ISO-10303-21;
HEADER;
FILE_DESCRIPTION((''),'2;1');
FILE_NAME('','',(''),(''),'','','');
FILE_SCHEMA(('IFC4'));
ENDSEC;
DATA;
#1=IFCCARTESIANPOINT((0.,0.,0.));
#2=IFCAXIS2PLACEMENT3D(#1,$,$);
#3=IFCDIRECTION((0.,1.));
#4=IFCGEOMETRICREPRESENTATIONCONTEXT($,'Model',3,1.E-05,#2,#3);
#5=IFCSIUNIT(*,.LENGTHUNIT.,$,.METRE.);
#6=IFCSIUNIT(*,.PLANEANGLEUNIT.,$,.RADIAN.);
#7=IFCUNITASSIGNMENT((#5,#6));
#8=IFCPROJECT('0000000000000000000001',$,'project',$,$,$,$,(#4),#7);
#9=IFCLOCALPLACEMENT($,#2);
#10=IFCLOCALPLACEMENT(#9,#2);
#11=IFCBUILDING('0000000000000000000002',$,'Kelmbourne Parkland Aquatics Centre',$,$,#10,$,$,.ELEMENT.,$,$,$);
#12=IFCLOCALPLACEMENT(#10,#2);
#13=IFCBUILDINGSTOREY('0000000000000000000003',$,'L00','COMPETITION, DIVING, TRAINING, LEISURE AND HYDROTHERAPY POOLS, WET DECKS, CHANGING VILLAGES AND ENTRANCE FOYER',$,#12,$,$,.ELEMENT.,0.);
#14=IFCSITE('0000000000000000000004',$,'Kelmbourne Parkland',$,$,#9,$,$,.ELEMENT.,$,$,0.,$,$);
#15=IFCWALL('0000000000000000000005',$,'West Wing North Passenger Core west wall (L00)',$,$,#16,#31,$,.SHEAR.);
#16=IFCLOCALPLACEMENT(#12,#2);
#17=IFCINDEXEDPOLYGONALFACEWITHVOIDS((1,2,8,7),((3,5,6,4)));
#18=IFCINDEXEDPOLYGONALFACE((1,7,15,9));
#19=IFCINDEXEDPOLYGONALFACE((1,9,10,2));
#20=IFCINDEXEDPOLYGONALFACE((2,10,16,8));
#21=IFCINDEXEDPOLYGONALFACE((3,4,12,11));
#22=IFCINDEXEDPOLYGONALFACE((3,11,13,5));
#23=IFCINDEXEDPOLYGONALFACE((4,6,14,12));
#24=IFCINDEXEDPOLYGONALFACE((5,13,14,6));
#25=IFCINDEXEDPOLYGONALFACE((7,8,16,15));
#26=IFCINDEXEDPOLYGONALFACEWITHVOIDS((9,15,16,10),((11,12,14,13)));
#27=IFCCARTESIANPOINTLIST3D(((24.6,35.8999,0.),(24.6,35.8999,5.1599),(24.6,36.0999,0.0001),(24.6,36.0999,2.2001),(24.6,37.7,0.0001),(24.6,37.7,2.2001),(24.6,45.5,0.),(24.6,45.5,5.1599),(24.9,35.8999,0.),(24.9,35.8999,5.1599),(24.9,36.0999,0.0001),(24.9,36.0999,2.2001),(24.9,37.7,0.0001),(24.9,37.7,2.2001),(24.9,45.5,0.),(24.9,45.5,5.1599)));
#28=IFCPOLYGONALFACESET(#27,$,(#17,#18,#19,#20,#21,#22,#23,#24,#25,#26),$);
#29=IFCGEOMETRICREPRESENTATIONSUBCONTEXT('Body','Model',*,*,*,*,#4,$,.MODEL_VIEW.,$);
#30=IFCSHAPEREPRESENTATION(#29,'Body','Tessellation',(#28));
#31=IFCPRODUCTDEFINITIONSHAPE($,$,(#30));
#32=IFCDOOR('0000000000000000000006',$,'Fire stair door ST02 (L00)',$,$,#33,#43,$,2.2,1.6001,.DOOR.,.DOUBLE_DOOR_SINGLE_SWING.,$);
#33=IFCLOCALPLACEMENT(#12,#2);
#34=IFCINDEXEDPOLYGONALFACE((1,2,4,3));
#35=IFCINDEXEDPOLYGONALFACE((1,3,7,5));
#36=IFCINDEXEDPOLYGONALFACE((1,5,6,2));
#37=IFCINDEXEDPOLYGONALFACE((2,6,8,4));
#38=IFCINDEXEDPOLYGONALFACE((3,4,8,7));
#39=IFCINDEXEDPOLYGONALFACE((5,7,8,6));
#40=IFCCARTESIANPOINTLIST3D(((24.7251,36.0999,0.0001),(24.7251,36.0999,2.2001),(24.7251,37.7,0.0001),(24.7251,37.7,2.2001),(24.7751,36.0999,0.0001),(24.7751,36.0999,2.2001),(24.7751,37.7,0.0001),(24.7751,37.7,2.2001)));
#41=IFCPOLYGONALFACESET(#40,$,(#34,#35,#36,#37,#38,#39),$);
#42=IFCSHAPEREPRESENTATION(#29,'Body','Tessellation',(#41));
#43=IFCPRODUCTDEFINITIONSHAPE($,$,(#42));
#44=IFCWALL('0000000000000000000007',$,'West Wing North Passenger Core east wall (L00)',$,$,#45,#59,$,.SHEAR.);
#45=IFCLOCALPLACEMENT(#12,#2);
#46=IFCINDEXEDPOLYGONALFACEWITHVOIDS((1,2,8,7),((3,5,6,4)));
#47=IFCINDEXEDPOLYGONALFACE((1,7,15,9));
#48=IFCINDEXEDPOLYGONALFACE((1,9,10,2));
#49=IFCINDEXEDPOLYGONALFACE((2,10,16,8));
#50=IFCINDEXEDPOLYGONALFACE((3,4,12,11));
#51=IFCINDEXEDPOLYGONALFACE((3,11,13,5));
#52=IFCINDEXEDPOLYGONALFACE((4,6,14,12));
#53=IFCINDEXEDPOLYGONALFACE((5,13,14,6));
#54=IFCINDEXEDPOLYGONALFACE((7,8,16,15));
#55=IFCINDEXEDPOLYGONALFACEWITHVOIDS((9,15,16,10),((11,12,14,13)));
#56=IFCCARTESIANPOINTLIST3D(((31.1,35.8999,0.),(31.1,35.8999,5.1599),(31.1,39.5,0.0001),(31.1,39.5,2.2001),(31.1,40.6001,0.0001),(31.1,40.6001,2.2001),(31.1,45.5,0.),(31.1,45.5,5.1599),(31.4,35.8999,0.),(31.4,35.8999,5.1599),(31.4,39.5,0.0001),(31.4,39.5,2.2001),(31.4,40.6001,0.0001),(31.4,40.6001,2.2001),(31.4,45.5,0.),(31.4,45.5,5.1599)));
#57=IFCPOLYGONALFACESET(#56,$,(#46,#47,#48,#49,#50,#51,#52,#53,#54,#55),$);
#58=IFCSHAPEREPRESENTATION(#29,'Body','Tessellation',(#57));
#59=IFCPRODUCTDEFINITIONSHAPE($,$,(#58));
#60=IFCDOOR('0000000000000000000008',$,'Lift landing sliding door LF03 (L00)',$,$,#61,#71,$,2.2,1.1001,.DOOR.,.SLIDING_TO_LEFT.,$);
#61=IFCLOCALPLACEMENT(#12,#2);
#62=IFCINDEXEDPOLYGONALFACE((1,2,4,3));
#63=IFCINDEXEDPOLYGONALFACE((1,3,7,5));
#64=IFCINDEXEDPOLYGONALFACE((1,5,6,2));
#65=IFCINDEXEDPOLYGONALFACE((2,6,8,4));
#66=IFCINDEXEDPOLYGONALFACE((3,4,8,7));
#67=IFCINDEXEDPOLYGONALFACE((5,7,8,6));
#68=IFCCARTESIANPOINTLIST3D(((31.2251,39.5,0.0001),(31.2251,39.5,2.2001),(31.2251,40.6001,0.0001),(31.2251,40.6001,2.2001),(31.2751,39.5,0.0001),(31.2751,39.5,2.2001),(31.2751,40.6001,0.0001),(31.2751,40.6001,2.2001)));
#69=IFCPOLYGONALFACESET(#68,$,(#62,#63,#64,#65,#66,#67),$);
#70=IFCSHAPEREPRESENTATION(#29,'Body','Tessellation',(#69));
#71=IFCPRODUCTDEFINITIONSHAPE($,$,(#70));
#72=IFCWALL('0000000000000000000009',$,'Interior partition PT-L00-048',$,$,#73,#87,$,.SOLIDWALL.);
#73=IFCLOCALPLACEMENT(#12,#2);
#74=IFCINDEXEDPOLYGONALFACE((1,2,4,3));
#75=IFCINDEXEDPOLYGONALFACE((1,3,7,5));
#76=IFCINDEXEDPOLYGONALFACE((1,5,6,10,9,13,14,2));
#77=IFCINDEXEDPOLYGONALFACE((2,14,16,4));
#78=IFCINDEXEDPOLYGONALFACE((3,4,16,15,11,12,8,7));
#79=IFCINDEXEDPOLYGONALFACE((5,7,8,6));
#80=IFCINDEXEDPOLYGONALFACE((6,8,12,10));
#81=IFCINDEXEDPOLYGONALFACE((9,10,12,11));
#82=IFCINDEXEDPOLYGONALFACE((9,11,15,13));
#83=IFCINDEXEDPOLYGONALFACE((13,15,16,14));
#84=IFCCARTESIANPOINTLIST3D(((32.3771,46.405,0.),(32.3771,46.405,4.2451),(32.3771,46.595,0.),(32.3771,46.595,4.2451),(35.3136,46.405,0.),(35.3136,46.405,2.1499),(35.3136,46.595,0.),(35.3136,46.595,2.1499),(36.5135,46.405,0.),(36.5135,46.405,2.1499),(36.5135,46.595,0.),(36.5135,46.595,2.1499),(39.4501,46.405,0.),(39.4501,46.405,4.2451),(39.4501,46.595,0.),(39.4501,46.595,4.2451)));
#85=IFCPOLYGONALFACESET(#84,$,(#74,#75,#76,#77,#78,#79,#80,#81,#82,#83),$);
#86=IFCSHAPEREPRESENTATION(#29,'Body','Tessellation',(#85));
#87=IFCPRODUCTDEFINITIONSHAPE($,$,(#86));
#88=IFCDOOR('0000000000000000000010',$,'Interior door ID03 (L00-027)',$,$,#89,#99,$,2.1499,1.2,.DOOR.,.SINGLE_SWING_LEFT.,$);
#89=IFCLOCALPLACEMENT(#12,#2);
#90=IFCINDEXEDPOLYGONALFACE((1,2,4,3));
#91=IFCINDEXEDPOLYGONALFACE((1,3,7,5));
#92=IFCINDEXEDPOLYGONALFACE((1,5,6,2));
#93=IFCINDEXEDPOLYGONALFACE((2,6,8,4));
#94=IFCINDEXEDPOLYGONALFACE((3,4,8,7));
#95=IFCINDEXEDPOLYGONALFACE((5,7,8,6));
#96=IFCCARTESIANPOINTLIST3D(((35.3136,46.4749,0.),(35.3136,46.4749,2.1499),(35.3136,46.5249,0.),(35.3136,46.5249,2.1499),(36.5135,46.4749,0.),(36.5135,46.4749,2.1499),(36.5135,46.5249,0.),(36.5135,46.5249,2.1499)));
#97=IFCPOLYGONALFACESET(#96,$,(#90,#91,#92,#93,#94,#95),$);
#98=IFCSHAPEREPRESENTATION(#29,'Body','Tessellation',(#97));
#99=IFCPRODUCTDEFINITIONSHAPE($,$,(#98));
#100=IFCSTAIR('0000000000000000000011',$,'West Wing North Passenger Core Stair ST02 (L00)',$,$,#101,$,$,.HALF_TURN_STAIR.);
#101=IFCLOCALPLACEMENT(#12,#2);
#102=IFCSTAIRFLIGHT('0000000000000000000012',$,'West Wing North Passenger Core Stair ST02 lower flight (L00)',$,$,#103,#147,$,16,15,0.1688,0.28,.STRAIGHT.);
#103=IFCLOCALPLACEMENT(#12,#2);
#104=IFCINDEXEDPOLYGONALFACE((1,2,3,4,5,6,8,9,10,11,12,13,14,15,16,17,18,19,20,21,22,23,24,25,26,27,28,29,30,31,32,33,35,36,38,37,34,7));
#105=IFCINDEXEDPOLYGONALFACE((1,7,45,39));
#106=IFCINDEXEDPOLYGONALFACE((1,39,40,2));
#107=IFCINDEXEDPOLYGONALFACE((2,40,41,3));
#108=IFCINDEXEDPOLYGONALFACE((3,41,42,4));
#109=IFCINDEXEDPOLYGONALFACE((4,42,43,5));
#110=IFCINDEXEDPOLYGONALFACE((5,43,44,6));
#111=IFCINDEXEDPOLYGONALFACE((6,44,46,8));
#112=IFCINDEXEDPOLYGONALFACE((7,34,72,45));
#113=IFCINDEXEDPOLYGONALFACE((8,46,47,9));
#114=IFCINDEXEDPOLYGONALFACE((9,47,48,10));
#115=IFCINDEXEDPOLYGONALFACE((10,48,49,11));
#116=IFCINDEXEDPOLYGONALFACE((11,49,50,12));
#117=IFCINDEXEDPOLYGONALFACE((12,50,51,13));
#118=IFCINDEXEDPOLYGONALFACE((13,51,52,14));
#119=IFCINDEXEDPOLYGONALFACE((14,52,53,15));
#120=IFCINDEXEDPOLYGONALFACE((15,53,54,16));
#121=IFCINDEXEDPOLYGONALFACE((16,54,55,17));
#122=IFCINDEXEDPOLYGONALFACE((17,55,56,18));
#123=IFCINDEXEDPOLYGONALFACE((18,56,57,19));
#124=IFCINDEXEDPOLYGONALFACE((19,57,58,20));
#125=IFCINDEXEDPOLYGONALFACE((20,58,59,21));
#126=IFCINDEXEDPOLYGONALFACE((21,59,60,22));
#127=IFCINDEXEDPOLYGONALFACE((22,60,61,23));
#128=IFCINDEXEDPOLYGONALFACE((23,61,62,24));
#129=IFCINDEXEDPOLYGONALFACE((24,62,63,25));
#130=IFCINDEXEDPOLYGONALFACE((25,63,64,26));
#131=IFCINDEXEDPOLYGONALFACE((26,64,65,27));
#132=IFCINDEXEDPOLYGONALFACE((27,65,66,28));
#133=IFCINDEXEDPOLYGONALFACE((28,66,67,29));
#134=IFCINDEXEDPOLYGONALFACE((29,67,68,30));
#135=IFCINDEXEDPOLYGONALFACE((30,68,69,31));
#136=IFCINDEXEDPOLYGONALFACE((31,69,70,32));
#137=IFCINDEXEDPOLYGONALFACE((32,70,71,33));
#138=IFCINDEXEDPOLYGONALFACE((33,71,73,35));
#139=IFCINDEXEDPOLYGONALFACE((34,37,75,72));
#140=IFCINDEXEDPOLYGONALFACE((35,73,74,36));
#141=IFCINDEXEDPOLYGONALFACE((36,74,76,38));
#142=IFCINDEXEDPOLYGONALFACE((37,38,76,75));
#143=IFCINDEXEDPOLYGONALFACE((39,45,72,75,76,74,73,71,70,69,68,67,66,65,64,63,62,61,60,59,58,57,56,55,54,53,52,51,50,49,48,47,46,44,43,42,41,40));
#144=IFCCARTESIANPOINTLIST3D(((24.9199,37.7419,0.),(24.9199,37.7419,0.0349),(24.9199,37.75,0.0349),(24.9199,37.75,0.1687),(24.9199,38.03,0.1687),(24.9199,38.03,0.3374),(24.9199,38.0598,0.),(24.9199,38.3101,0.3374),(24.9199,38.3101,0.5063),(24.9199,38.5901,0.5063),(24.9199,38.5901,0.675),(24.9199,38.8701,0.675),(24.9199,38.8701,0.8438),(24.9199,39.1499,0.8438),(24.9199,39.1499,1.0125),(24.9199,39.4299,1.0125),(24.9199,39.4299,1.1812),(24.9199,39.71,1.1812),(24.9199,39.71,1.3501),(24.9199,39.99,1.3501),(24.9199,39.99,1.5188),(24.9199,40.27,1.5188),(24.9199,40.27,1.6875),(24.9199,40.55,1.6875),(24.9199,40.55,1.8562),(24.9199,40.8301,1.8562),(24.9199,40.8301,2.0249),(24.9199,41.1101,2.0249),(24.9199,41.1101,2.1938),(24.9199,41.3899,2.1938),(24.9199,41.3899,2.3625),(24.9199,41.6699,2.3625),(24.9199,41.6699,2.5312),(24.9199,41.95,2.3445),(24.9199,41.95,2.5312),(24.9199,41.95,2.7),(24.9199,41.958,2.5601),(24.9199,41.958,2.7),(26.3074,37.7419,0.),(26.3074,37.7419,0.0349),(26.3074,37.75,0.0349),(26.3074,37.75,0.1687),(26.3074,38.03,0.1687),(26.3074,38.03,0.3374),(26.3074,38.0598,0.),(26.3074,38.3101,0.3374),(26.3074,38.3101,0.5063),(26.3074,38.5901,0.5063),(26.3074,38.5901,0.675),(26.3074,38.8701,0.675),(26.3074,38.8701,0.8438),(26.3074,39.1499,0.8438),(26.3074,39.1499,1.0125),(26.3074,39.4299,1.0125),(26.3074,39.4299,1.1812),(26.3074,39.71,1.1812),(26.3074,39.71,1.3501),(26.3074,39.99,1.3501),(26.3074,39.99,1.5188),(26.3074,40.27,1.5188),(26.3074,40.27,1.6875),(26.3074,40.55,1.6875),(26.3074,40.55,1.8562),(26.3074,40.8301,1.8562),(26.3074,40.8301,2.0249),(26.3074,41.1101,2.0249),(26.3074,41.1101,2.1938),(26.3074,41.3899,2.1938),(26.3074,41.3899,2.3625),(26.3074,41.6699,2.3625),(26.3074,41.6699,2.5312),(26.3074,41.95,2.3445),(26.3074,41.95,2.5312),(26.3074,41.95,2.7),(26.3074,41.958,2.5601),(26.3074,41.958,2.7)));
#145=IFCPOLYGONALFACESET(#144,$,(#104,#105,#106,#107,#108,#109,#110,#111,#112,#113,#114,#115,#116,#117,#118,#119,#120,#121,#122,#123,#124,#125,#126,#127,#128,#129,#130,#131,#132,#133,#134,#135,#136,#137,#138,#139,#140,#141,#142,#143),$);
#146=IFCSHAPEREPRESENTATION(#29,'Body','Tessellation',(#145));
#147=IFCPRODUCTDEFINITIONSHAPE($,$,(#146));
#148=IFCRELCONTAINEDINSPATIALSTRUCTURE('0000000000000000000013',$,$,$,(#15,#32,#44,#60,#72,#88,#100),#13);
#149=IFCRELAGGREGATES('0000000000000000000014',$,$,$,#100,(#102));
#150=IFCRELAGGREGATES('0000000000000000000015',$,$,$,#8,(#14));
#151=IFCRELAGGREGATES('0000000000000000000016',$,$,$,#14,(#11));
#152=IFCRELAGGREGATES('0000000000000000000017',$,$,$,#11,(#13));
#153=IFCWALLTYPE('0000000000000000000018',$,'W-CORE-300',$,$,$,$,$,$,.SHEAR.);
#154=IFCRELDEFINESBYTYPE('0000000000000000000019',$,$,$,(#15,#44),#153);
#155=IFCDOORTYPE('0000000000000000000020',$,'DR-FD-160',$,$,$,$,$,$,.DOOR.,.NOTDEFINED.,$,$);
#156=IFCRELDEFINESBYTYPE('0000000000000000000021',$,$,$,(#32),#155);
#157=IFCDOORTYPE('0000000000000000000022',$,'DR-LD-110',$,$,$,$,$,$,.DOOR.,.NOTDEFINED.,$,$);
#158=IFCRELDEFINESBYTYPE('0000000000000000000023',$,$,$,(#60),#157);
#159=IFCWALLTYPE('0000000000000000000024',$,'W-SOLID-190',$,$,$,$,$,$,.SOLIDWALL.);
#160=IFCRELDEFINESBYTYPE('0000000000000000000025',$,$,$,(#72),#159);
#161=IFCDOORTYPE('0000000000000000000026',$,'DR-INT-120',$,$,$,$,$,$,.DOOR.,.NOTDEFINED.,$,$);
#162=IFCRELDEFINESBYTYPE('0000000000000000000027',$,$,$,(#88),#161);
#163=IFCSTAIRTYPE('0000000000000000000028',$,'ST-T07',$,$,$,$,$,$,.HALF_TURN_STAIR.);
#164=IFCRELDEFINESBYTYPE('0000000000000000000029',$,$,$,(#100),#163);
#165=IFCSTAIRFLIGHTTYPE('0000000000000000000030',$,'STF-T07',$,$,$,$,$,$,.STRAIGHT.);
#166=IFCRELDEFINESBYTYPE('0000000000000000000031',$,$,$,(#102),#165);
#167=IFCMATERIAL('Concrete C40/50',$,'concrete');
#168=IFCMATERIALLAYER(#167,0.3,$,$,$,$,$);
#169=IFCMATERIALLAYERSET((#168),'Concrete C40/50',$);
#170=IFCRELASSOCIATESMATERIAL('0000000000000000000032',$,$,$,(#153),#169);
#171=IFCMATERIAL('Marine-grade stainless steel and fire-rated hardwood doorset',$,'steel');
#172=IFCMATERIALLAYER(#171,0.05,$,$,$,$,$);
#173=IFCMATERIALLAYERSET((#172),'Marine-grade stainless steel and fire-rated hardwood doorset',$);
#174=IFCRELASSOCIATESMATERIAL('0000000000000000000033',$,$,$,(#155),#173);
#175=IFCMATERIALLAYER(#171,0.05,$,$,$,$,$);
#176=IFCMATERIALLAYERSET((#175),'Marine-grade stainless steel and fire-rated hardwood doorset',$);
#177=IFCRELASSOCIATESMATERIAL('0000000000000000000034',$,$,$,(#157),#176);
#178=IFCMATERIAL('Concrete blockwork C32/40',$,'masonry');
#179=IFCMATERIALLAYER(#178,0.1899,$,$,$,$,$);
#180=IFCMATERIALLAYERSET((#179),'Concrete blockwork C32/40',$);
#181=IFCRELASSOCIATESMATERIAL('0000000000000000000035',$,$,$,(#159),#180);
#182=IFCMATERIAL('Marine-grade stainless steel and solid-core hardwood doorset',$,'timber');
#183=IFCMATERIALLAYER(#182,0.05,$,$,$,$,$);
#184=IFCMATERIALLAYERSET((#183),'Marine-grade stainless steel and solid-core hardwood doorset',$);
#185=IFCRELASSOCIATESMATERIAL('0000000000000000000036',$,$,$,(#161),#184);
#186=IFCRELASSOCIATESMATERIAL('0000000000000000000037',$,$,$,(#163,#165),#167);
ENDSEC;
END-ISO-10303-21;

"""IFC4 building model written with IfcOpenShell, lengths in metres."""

from ifc_helpers import new_model, si_unit, direction, frame, frame_2d, origin, place, context, subcontext, project, spatial, polyline, rectangle, outline, extrude, material, layer, layer_set, type_object, element, fill, aggregate, save


model = new_model("IFC4")

# Units and contexts
model_context = context("Model", 3, precision=1e-05, world=origin(), true_north=direction((0.0, 1.0)))
body_context = subcontext(model_context, "Body", "Model", "MODEL_VIEW")
ifc_project = project(units=[si_unit("LENGTHUNIT", "METRE"), si_unit("PLANEANGLEUNIT", "RADIAN")], contexts=[model_context])

# Site, building, storey
site_placement = place(None, origin())
site = spatial("IfcSite", under=ifc_project, at=site_placement, Name="Kelmbourne Parkland", CompositionType="ELEMENT", RefElevation=0.0)
building_placement = place(site_placement, origin())
building = spatial("IfcBuilding", under=site, at=building_placement, Name="Kelmbourne Parkland Aquatics Centre", CompositionType="ELEMENT")
storey_placement = place(building_placement, origin())
storey = spatial("IfcBuildingStorey", under=building, at=storey_placement, Name="L00", Description="COMPETITION, DIVING, TRAINING, LEISURE AND HYDROTHERAPY POOLS, WET DECKS, CHANGING VILLAGES AND ENTRANCE FOYER", CompositionType="ELEMENT", Elevation=0.0)

# Shared definitions
ifc_material_1 = material(Name="Concrete C40/50", Category="concrete")

# Walls, openings, doors
ifc_layer_1 = layer(ifc_material_1, 0.3)
ifc_layer_set_1 = layer_set([ifc_layer_1], Name="Concrete C40/50")
wall_type_1 = type_object("IfcWallType", Name="W-CORE-300", PredefinedType="SHEAR", material=ifc_layer_set_1)
wall_1_placement = place(storey_placement, frame((24.75, 35.8999, 0.0), z_axis=(0.0, 0.0, 1.0), x_axis=(0.0, 1.0, 0.0)))
wall_1 = element("IfcWall", 1, at=wall_1_placement, inside=storey, type_object=wall_type_1, Name="West Wing North Passenger Core west wall (L00)", PredefinedType="SHEAR", context=body_context, shape_type="SweptSolid", body=[
    extrude(rectangle(XDim=9.6001, YDim=0.3, at=frame_2d((4.8, 0.0))), origin(), (0.0, 0.0, 1.0), 5.1599),
])
opening_1_placement = place(wall_1_placement, frame((0.2, 0.0, 0.0)))
opening_1 = element("IfcOpeningElement", 2, at=opening_1_placement, cuts=wall_1, PredefinedType="OPENING", context=body_context, shape_type="SweptSolid", body=[
    extrude(rectangle(XDim=1.6001, YDim=2.2, at=frame_2d((0.8, 1.1001))), frame((0.0, 0.1621, 0.0), z_axis=(0.0, -1.0, 0.0), x_axis=(1.0, 0.0, 0.0)), (0.0, 0.0, 1.0), 0.324),
])
ifc_material_2 = material(Name="Marine-grade stainless steel and fire-rated hardwood doorset", Category="steel")
ifc_layer_2 = layer(ifc_material_2, 0.05)
ifc_layer_set_2 = layer_set([ifc_layer_2], Name="Marine-grade stainless steel and fire-rated hardwood doorset")
door_type_1 = type_object("IfcDoorType", Name="DR-FD-160", OperationType="NOTDEFINED", PredefinedType="DOOR", material=ifc_layer_set_2)
door_1_placement = place(opening_1_placement, origin())
door_1 = element("IfcDoor", 3, at=door_1_placement, inside=storey, type_object=door_type_1, Name="Fire stair door ST02 (L00)", OperationType="DOUBLE_DOOR_SINGLE_SWING", OverallHeight=2.2, OverallWidth=1.6001, PredefinedType="DOOR", context=body_context, shape_type="SweptSolid", body=[
    extrude(rectangle(XDim=1.6001, YDim=2.2, at=frame_2d((0.8, 1.1001))), frame((0.0, 0.0249, 0.0), z_axis=(0.0, -1.0, 0.0), x_axis=(1.0, 0.0, 0.0)), (0.0, 0.0, 1.0), 0.05),
])
fill(opening_1, door_1)
wall_2_placement = place(storey_placement, frame((31.25, 35.8999, 0.0), z_axis=(0.0, 0.0, 1.0), x_axis=(0.0, 1.0, 0.0)))
wall_2 = element("IfcWall", 4, at=wall_2_placement, inside=storey, type_object=wall_type_1, Name="West Wing North Passenger Core east wall (L00)", PredefinedType="SHEAR", context=body_context, shape_type="SweptSolid", body=[
    extrude(rectangle(XDim=9.6001, YDim=0.3, at=frame_2d((4.8, 0.0))), origin(), (0.0, 0.0, 1.0), 5.1599),
])
opening_2_placement = place(wall_2_placement, frame((3.6001, 0.0, 0.0)))
opening_2 = element("IfcOpeningElement", 5, at=opening_2_placement, cuts=wall_2, PredefinedType="OPENING", context=body_context, shape_type="SweptSolid", body=[
    extrude(rectangle(XDim=1.1001, YDim=2.2, at=frame_2d((0.55, 1.1001))), frame((0.0, 0.1621, 0.0), z_axis=(0.0, -1.0, 0.0), x_axis=(1.0, 0.0, 0.0)), (0.0, 0.0, 1.0), 0.324),
])
ifc_layer_3 = layer(ifc_material_2, 0.05)
ifc_layer_set_3 = layer_set([ifc_layer_3], Name="Marine-grade stainless steel and fire-rated hardwood doorset")
door_type_2 = type_object("IfcDoorType", Name="DR-LD-110", OperationType="NOTDEFINED", PredefinedType="DOOR", material=ifc_layer_set_3)
door_2_placement = place(opening_2_placement, origin())
door_2 = element("IfcDoor", 6, at=door_2_placement, inside=storey, type_object=door_type_2, Name="Lift landing sliding door LF03 (L00)", OperationType="SLIDING_TO_LEFT", OverallHeight=2.2, OverallWidth=1.1001, PredefinedType="DOOR", context=body_context, shape_type="SweptSolid", body=[
    extrude(rectangle(XDim=1.1001, YDim=2.2, at=frame_2d((0.55, 1.1001))), frame((0.0, 0.0249, 0.0), z_axis=(0.0, -1.0, 0.0), x_axis=(1.0, 0.0, 0.0)), (0.0, 0.0, 1.0), 0.05),
])
fill(opening_2, door_2)
ifc_material_3 = material(Name="Concrete blockwork C32/40", Category="masonry")
ifc_layer_4 = layer(ifc_material_3, 0.1899)
ifc_layer_set_4 = layer_set([ifc_layer_4], Name="Concrete blockwork C32/40")
wall_type_2 = type_object("IfcWallType", Name="W-SOLID-190", PredefinedType="SOLIDWALL", material=ifc_layer_set_4)
wall_3_placement = place(storey_placement, frame((32.377, 46.5, 0.0), z_axis=(0.0, 0.0, 1.0), x_axis=(1.0, 0.0, 0.0)))
wall_3 = element("IfcWall", 7, at=wall_3_placement, inside=storey, type_object=wall_type_2, Name="Interior partition PT-L00-048", PredefinedType="SOLIDWALL", context=body_context, shape_type="SweptSolid", body=[
    extrude(rectangle(XDim=7.073, YDim=0.1899, at=frame_2d((3.5366, 0.0))), origin(), (0.0, 0.0, 1.0), 4.2451),
])
opening_3_placement = place(wall_3_placement, frame((2.9365, 0.0, 0.0)))
opening_3 = element("IfcOpeningElement", 8, at=opening_3_placement, cuts=wall_3, PredefinedType="OPENING", context=body_context, shape_type="SweptSolid", body=[
    extrude(rectangle(XDim=1.2, YDim=2.1499, at=frame_2d((0.6001, 1.075))), frame((0.0, 0.1069, 0.0), z_axis=(0.0, -1.0, 0.0), x_axis=(1.0, 0.0, 0.0)), (0.0, 0.0, 1.0), 0.2139),
])
ifc_material_4 = material(Name="Marine-grade stainless steel and solid-core hardwood doorset", Category="timber")
ifc_layer_5 = layer(ifc_material_4, 0.05)
ifc_layer_set_5 = layer_set([ifc_layer_5], Name="Marine-grade stainless steel and solid-core hardwood doorset")
door_type_3 = type_object("IfcDoorType", Name="DR-INT-120", OperationType="NOTDEFINED", PredefinedType="DOOR", material=ifc_layer_set_5)
door_3_placement = place(opening_3_placement, origin())
door_3 = element("IfcDoor", 9, at=door_3_placement, inside=storey, type_object=door_type_3, Name="Interior door ID03 (L00-027)", OperationType="SINGLE_SWING_LEFT", OverallHeight=2.1499, OverallWidth=1.2, PredefinedType="DOOR", context=body_context, shape_type="SweptSolid", body=[
    extrude(rectangle(XDim=1.2, YDim=2.1499, at=frame_2d((0.6001, 1.075))), frame((0.0, 0.0249, 0.0), z_axis=(0.0, -1.0, 0.0), x_axis=(1.0, 0.0, 0.0)), (0.0, 0.0, 1.0), 0.05),
])
fill(opening_3, door_3)

# Stair, stair flight
stair_type = type_object("IfcStairType", Name="ST-T07", PredefinedType="HALF_TURN_STAIR", material=ifc_material_1)
stair_placement = place(storey_placement, origin())
stair = element("IfcStair", 10, at=stair_placement, inside=storey, type_object=stair_type, Name="West Wing North Passenger Core Stair ST02 (L00)", PredefinedType="HALF_TURN_STAIR")
stair_flight_type = type_object("IfcStairFlightType", Name="STF-T07", PredefinedType="STRAIGHT", material=ifc_material_1)
stair_flight_1_placement = place(storey_placement, frame((25.6138, 37.75, 0.0), z_axis=(0.0, 0.0, 1.0), x_axis=(0.0, 1.0, 0.0)))
stair_flight_1 = element("IfcStairFlight", 11, at=stair_flight_1_placement, type_object=stair_flight_type, Name="West Wing North Passenger Core Stair ST02 lower flight (L00)", NumberOfRisers=16, NumberOfTreads=15, PredefinedType="STRAIGHT", RiserHeight=0.1688, TreadLength=0.28, context=body_context, shape_type="SweptSolid", body=[
    extrude(outline(polyline([(-0.0081, 0.0), (-0.0081, 0.0349), (0.0, 0.0349), (0.0, 0.1687), (0.28, 0.1687), (0.28, 0.3374), (0.5601, 0.3374), (0.5601, 0.5063), (0.8401, 0.5063), (0.8401, 0.675), (1.1201, 0.675), (1.1201, 0.8438), (1.3999, 0.8438), (1.3999, 1.0125), (1.6799, 1.0125), (1.6799, 1.1812), (1.96, 1.1812), (1.96, 1.3501), (2.24, 1.3501), (2.24, 1.5188), (2.52, 1.5188), (2.52, 1.6875), (2.8, 1.6875), (2.8, 1.8562), (3.0801, 1.8562), (3.0801, 2.0249), (3.3601, 2.0249), (3.3601, 2.1938), (3.6399, 2.1938), (3.6399, 2.3625), (3.9199, 2.3625), (3.9199, 2.5312), (4.2, 2.5312), (4.2, 2.7), (4.208, 2.7), (4.208, 2.5601), (4.2, 2.3445), (0.3098, 0.0), (-0.0081, 0.0)])), frame((0.0, 0.6938, 0.0), z_axis=(0.0, -1.0, 0.0), x_axis=(1.0, 0.0, 0.0)), (0.0, 0.0, 1.0), 1.3875),
])
aggregate(stair, [stair_flight_1])

save(model, "model.ifc")
